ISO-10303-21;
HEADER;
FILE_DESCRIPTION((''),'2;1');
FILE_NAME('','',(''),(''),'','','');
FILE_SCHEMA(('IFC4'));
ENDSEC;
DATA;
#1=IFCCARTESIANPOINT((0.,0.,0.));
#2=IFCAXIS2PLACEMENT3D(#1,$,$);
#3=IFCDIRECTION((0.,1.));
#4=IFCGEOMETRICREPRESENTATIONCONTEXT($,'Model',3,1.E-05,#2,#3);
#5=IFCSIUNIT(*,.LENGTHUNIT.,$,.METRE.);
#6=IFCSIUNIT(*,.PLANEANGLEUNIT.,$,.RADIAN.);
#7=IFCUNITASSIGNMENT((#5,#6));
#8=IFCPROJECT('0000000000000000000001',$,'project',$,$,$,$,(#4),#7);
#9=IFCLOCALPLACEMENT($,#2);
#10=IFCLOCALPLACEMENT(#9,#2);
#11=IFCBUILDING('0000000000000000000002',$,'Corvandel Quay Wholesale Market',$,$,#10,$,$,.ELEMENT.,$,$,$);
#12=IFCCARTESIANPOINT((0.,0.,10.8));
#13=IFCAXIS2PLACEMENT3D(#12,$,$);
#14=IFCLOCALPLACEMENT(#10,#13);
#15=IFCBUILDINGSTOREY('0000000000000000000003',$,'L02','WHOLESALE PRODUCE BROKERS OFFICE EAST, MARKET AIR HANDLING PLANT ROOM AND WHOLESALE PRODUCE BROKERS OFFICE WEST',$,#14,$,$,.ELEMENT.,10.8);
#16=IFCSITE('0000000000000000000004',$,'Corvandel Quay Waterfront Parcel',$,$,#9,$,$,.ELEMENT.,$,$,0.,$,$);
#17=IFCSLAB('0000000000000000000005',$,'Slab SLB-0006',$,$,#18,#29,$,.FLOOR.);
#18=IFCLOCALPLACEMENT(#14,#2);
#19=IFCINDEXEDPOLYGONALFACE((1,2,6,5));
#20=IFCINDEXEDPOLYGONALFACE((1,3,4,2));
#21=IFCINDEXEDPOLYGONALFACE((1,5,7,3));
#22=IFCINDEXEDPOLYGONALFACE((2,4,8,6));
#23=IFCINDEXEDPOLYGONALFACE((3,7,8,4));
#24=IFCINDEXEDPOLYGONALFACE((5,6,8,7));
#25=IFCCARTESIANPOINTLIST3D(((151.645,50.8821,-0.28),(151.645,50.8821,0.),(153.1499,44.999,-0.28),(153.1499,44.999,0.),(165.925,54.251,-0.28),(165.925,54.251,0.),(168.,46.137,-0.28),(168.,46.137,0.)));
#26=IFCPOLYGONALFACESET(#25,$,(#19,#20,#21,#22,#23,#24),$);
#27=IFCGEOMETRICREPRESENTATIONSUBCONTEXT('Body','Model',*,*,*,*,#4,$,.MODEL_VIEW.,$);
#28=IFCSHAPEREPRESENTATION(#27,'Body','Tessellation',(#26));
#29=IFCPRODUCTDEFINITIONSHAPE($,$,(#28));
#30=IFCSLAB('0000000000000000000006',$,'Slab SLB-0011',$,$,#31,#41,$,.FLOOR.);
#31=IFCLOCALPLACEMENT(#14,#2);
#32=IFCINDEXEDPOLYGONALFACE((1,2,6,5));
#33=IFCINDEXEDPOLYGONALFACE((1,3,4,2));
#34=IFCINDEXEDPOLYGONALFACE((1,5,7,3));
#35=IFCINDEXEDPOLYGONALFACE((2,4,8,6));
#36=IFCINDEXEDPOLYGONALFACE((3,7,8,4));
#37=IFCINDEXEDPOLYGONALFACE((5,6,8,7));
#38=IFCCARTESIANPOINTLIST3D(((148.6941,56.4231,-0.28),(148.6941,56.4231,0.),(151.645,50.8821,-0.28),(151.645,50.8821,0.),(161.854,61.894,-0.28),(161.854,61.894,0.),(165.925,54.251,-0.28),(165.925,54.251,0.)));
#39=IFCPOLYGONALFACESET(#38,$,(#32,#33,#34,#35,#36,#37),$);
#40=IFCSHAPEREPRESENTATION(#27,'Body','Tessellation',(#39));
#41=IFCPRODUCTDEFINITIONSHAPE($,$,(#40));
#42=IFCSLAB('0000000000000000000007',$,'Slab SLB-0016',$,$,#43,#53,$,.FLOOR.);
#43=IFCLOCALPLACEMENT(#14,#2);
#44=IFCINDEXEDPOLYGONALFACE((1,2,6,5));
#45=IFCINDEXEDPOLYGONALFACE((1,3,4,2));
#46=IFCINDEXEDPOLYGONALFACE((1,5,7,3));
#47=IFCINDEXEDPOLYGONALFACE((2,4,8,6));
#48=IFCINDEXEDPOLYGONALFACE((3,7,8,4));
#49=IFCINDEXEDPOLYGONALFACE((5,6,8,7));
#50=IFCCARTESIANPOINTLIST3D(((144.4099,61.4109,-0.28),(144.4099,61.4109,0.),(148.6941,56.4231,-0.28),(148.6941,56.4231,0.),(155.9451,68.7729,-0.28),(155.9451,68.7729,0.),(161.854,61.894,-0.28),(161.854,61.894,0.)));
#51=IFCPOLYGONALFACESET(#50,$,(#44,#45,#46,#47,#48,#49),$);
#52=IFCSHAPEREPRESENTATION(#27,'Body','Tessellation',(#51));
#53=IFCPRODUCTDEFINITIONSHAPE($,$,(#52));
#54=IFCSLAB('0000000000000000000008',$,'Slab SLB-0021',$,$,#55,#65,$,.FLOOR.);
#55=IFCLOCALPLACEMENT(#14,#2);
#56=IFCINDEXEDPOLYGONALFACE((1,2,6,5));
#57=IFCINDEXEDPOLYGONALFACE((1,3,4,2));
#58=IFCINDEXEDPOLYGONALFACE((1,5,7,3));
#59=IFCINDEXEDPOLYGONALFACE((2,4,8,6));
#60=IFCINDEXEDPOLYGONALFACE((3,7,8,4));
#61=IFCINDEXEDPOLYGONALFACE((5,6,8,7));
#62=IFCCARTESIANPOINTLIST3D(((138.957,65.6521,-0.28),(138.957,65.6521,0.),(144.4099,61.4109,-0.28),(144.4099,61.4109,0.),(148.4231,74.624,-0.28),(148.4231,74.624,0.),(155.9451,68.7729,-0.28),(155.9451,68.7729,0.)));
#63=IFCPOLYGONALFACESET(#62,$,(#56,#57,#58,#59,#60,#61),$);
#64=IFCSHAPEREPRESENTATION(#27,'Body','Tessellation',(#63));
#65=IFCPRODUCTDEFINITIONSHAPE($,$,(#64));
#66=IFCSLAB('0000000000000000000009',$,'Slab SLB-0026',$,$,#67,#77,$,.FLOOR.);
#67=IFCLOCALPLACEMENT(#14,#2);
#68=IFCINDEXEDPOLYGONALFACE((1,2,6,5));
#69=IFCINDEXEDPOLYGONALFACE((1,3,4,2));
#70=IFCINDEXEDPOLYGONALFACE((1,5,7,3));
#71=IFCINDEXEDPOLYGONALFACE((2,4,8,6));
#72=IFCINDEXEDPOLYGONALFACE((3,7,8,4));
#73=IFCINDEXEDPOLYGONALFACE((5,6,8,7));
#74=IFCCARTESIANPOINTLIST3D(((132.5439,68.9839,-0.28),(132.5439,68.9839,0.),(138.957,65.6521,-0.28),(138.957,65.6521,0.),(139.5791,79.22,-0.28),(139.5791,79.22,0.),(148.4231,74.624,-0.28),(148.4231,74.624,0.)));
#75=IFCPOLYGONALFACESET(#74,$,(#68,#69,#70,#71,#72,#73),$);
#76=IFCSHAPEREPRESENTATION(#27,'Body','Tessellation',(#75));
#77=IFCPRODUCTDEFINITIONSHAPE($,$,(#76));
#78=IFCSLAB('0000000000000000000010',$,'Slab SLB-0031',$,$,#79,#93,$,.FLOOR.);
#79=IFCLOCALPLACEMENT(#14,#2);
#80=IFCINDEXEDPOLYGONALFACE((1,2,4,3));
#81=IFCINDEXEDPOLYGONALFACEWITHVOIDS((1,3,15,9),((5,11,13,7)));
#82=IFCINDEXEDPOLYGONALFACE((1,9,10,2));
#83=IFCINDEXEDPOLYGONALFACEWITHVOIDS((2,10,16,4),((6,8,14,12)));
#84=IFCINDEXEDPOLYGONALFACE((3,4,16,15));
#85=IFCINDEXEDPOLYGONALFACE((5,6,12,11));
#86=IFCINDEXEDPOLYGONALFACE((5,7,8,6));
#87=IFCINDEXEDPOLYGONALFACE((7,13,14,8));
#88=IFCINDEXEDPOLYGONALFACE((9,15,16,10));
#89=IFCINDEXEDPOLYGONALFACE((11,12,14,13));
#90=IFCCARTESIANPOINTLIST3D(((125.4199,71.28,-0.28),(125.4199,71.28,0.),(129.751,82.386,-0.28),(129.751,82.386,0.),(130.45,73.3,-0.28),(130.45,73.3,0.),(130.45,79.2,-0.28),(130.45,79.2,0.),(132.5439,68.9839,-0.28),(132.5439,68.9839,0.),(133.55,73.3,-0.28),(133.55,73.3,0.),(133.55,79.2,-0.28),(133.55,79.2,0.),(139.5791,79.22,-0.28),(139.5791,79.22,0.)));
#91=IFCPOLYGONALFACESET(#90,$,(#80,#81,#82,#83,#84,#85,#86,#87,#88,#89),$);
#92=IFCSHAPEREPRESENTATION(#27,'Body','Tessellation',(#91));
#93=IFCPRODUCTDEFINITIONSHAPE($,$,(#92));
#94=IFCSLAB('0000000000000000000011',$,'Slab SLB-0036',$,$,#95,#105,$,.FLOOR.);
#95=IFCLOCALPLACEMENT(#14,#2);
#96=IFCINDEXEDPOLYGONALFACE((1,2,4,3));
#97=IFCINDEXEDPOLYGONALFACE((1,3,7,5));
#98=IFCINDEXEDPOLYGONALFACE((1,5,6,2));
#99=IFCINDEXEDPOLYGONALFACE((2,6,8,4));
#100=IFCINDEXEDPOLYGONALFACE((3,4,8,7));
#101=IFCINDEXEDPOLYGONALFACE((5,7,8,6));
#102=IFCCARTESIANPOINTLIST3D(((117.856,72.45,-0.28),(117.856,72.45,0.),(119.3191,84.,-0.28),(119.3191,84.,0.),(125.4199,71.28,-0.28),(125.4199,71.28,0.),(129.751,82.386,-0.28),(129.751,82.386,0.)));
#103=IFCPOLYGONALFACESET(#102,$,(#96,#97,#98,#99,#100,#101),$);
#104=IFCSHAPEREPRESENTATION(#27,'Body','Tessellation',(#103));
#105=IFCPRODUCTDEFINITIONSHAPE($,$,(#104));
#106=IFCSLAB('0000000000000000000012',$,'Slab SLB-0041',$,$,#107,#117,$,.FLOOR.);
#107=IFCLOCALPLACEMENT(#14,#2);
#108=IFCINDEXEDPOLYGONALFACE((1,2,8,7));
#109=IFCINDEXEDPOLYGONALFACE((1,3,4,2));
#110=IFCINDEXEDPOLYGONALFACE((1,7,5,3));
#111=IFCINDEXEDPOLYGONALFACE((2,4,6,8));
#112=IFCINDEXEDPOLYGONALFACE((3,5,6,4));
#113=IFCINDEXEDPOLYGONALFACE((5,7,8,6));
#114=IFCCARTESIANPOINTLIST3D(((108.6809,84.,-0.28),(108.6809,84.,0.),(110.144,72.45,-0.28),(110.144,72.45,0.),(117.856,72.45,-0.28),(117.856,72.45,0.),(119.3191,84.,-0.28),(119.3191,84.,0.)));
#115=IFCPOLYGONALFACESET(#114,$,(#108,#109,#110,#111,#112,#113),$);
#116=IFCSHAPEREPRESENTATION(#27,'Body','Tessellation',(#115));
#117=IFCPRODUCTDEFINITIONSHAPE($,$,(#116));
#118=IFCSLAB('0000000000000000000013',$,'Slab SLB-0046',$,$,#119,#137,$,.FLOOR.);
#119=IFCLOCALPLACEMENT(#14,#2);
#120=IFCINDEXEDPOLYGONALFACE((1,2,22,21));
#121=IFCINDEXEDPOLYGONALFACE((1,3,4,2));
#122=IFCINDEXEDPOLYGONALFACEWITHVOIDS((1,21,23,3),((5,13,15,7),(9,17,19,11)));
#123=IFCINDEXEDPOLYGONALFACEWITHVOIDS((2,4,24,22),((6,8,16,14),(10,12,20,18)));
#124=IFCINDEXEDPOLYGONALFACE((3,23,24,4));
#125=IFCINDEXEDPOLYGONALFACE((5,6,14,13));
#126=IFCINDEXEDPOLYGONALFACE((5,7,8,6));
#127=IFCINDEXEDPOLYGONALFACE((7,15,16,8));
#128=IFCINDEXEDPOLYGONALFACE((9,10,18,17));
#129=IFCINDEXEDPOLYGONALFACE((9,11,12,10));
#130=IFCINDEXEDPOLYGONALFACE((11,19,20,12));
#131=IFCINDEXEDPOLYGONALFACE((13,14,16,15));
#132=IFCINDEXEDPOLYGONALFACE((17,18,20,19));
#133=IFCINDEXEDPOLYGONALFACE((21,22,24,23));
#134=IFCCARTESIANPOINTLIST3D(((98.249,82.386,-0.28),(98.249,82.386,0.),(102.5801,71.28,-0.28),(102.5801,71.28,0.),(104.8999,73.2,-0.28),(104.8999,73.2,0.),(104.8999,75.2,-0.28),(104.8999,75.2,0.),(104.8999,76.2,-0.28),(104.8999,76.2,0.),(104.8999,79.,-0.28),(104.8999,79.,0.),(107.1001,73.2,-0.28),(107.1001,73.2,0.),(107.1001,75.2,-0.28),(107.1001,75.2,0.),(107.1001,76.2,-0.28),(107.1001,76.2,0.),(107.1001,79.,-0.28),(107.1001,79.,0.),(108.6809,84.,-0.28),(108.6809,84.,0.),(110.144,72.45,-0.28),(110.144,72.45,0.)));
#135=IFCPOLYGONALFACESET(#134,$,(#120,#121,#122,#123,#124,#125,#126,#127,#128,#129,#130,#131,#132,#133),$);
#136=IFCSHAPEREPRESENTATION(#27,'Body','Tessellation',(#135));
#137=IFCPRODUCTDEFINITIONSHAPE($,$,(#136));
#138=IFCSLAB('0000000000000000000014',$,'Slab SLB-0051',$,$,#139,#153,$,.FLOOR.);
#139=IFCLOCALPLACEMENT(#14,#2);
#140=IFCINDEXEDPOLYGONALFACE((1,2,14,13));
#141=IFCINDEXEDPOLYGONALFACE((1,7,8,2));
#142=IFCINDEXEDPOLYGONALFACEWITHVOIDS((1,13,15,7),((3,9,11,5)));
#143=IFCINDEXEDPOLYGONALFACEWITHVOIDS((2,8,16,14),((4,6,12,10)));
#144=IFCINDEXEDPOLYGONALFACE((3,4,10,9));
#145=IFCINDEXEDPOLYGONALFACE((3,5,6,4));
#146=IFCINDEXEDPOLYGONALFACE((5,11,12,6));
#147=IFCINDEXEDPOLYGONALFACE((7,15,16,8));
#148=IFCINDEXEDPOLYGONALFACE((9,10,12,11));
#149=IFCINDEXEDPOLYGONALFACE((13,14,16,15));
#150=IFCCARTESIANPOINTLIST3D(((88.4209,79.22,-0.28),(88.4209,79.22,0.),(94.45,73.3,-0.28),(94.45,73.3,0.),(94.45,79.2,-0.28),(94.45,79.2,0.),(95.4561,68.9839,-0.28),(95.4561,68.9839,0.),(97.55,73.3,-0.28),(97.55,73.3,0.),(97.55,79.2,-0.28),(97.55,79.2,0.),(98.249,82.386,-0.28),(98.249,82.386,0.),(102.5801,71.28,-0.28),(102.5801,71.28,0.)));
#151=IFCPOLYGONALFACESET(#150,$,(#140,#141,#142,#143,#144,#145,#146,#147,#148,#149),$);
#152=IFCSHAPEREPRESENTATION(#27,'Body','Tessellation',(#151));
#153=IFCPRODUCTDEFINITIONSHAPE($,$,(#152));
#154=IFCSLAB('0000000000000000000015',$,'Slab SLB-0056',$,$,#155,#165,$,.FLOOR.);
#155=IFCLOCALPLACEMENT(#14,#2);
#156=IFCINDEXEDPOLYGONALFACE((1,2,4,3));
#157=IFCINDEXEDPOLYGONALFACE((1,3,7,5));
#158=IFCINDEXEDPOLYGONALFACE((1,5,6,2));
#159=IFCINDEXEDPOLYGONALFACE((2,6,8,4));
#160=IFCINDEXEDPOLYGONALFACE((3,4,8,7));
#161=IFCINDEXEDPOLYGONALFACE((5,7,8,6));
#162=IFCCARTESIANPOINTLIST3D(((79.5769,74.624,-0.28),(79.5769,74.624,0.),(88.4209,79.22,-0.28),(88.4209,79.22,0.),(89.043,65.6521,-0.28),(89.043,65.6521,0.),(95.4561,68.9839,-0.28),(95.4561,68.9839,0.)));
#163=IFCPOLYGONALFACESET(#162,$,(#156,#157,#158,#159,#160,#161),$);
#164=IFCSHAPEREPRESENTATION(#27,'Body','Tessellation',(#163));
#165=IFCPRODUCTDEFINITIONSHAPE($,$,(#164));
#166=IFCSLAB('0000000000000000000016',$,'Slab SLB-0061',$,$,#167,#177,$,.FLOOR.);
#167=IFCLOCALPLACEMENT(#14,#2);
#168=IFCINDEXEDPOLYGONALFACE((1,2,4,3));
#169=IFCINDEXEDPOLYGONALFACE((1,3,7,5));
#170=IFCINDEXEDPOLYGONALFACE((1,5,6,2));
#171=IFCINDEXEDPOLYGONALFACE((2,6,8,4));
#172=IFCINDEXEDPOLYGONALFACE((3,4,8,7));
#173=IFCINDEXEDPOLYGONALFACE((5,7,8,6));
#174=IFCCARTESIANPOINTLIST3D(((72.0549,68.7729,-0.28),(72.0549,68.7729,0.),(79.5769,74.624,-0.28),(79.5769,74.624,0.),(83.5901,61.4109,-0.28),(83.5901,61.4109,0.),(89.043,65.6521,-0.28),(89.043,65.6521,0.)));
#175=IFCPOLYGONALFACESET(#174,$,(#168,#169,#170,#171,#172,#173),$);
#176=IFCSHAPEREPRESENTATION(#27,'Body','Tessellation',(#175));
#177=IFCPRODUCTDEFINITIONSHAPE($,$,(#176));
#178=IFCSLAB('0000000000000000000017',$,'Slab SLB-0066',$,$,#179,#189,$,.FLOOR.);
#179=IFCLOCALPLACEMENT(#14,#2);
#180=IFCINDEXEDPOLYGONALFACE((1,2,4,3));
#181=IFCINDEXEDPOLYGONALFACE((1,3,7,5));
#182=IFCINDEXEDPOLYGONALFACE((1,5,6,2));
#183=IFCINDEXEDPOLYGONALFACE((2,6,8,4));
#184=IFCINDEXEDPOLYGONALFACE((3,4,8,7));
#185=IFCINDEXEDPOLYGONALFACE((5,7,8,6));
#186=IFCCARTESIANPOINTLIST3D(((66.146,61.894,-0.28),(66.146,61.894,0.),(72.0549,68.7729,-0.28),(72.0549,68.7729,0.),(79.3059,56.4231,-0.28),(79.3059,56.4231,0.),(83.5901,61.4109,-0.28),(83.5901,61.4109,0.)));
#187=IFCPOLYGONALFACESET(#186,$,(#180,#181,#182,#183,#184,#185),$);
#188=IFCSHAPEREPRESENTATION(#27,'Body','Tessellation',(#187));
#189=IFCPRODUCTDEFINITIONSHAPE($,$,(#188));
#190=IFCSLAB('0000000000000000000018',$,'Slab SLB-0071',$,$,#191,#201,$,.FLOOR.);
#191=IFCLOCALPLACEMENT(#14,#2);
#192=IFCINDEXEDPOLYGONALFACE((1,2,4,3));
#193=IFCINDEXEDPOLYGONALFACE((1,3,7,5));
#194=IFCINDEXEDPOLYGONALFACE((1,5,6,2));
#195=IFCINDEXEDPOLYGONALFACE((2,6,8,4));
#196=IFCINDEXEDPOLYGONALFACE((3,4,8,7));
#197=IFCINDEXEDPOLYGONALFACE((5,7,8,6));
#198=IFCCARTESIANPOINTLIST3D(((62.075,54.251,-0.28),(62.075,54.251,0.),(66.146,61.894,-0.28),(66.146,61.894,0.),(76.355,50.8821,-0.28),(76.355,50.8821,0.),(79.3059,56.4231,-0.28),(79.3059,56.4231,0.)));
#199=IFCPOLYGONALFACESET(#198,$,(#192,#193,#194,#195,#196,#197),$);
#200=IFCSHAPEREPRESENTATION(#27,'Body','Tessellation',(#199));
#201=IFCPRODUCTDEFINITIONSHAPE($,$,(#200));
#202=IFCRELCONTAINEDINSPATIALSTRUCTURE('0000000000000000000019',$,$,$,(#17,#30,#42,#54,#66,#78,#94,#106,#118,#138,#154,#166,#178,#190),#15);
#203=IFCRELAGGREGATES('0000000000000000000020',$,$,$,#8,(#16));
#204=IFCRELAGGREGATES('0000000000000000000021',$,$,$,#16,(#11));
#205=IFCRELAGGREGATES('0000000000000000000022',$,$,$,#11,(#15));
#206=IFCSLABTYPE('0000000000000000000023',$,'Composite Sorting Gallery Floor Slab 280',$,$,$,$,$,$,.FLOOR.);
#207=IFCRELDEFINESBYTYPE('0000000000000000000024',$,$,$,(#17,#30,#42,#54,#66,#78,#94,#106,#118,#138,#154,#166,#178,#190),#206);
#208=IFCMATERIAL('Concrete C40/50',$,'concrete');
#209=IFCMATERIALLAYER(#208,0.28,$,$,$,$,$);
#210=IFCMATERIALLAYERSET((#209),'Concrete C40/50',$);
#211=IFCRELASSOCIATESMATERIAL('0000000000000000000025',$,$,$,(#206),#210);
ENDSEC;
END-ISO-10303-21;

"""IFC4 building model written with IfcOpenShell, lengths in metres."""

from ifc_helpers import new_model, si_unit, direction, frame, origin, place, context, subcontext, project, spatial, polyline, outline, extrude, material, layer, layer_set, type_object, element, save


model = new_model("IFC4")

# Units and contexts
model_context = context("Model", 3, precision=1e-05, world=origin(), true_north=direction((0.0, 1.0)))
body_context = subcontext(model_context, "Body", "Model", "MODEL_VIEW")
ifc_project = project(units=[si_unit("LENGTHUNIT", "METRE"), si_unit("PLANEANGLEUNIT", "RADIAN")], contexts=[model_context])

# Site, building, storey
site_placement = place(None, origin())
site = spatial("IfcSite", under=ifc_project, at=site_placement, Name="Corvandel Quay Waterfront Parcel", CompositionType="ELEMENT", RefElevation=0.0)
building_placement = place(site_placement, origin())
building = spatial("IfcBuilding", under=site, at=building_placement, Name="Corvandel Quay Wholesale Market", CompositionType="ELEMENT")
storey_placement = place(building_placement, frame((0.0, 0.0, 10.8)))
storey = spatial("IfcBuildingStorey", under=building, at=storey_placement, Name="L02", Description="WHOLESALE PRODUCE BROKERS OFFICE EAST, MARKET AIR HANDLING PLANT ROOM AND WHOLESALE PRODUCE BROKERS OFFICE WEST", CompositionType="ELEMENT", Elevation=10.8)

# Slabs
ifc_material = material(Name="Concrete C40/50", Category="concrete")
ifc_layer_1 = layer(ifc_material, 0.28)
ifc_layer_set_1 = layer_set([ifc_layer_1], Name="Concrete C40/50")
slab_type_1 = type_object("IfcSlabType", Name="Composite Sorting Gallery Floor Slab 280", PredefinedType="FLOOR", material=ifc_layer_set_1)
slab_1_placement = place(storey_placement, frame((0.0, 0.0, -0.28)))
element("IfcSlab", 1, at=slab_1_placement, inside=storey, type_object=slab_type_1, Name="Slab SLB-0006", PredefinedType="FLOOR", context=body_context, shape_type="SweptSolid", body=[
    extrude(outline(polyline([(153.1499, 44.999), (151.645, 50.8821), (165.925, 54.251), (168.0, 46.137), (153.1499, 44.999)])), origin(), (0.0, 0.0, 1.0), 0.28),
])
slab_2_placement = place(storey_placement, frame((0.0, 0.0, -0.28)))
element("IfcSlab", 2, at=slab_2_placement, inside=storey, type_object=slab_type_1, Name="Slab SLB-0011", PredefinedType="FLOOR", context=body_context, shape_type="SweptSolid", body=[
    extrude(outline(polyline([(151.645, 50.8821), (148.6941, 56.4231), (161.854, 61.894), (165.925, 54.251), (151.645, 50.8821)])), origin(), (0.0, 0.0, 1.0), 0.28),
])
slab_3_placement = place(storey_placement, frame((0.0, 0.0, -0.28)))
element("IfcSlab", 3, at=slab_3_placement, inside=storey, type_object=slab_type_1, Name="Slab SLB-0016", PredefinedType="FLOOR", context=body_context, shape_type="SweptSolid", body=[
    extrude(outline(polyline([(148.6941, 56.4231), (144.4099, 61.4109), (155.9451, 68.7729), (161.854, 61.894), (148.6941, 56.4231)])), origin(), (0.0, 0.0, 1.0), 0.28),
])
slab_4_placement = place(storey_placement, frame((0.0, 0.0, -0.28)))
element("IfcSlab", 4, at=slab_4_placement, inside=storey, type_object=slab_type_1, Name="Slab SLB-0021", PredefinedType="FLOOR", context=body_context, shape_type="SweptSolid", body=[
    extrude(outline(polyline([(144.4099, 61.4109), (138.957, 65.6521), (148.4231, 74.624), (155.9451, 68.7729), (144.4099, 61.4109)])), origin(), (0.0, 0.0, 1.0), 0.28),
])
slab_5_placement = place(storey_placement, frame((0.0, 0.0, -0.28)))
element("IfcSlab", 5, at=slab_5_placement, inside=storey, type_object=slab_type_1, Name="Slab SLB-0026", PredefinedType="FLOOR", context=body_context, shape_type="SweptSolid", body=[
    extrude(outline(polyline([(138.957, 65.6521), (132.5439, 68.9839), (139.5791, 79.22), (148.4231, 74.624), (138.957, 65.6521)])), origin(), (0.0, 0.0, 1.0), 0.28),
])
slab_6_placement = place(storey_placement, frame((0.0, 0.0, -0.28)))
element("IfcSlab", 6, at=slab_6_placement, inside=storey, type_object=slab_type_1, Name="Slab SLB-0031", PredefinedType="FLOOR", context=body_context, shape_type="SweptSolid", body=[
    extrude(outline(polyline([(132.5439, 68.9839), (125.4199, 71.28), (129.751, 82.386), (139.5791, 79.22), (132.5439, 68.9839)]), holes=[polyline([(133.55, 73.3), (133.55, 79.2), (130.45, 79.2), (130.45, 73.3), (133.55, 73.3)])]), origin(), (0.0, 0.0, 1.0), 0.28),
])
slab_7_placement = place(storey_placement, frame((0.0, 0.0, -0.28)))
element("IfcSlab", 7, at=slab_7_placement, inside=storey, type_object=slab_type_1, Name="Slab SLB-0036", PredefinedType="FLOOR", context=body_context, shape_type="SweptSolid", body=[
    extrude(outline(polyline([(125.4199, 71.28), (117.856, 72.45), (119.3191, 84.0), (129.751, 82.386), (125.4199, 71.28)])), origin(), (0.0, 0.0, 1.0), 0.28),
])
slab_8_placement = place(storey_placement, frame((0.0, 0.0, -0.28)))
element("IfcSlab", 8, at=slab_8_placement, inside=storey, type_object=slab_type_1, Name="Slab SLB-0041", PredefinedType="FLOOR", context=body_context, shape_type="SweptSolid", body=[
    extrude(outline(polyline([(117.856, 72.45), (110.144, 72.45), (108.6809, 84.0), (119.3191, 84.0), (117.856, 72.45)])), origin(), (0.0, 0.0, 1.0), 0.28),
])
slab_9_placement = place(storey_placement, frame((0.0, 0.0, -0.28)))
element("IfcSlab", 9, at=slab_9_placement, inside=storey, type_object=slab_type_1, Name="Slab SLB-0046", PredefinedType="FLOOR", context=body_context, shape_type="SweptSolid", body=[
    extrude(outline(polyline([(110.144, 72.45), (102.5801, 71.28), (98.249, 82.386), (108.6809, 84.0), (110.144, 72.45)]), holes=[polyline([(107.1001, 75.2), (104.8999, 75.2), (104.8999, 73.2), (107.1001, 73.2), (107.1001, 75.2)]), polyline([(107.1001, 76.2), (107.1001, 79.0), (104.8999, 79.0), (104.8999, 76.2), (107.1001, 76.2)])]), origin(), (0.0, 0.0, 1.0), 0.28),
])
slab_10_placement = place(storey_placement, frame((0.0, 0.0, -0.28)))
element("IfcSlab", 10, at=slab_10_placement, inside=storey, type_object=slab_type_1, Name="Slab SLB-0051", PredefinedType="FLOOR", context=body_context, shape_type="SweptSolid", body=[
    extrude(outline(polyline([(102.5801, 71.28), (95.4561, 68.9839), (88.4209, 79.22), (98.249, 82.386), (102.5801, 71.28)]), holes=[polyline([(97.55, 73.3), (97.55, 79.2), (94.45, 79.2), (94.45, 73.3), (97.55, 73.3)])]), origin(), (0.0, 0.0, 1.0), 0.28),
])
slab_11_placement = place(storey_placement, frame((0.0, 0.0, -0.28)))
element("IfcSlab", 11, at=slab_11_placement, inside=storey, type_object=slab_type_1, Name="Slab SLB-0056", PredefinedType="FLOOR", context=body_context, shape_type="SweptSolid", body=[
    extrude(outline(polyline([(95.4561, 68.9839), (89.043, 65.6521), (79.5769, 74.624), (88.4209, 79.22), (95.4561, 68.9839)])), origin(), (0.0, 0.0, 1.0), 0.28),
])
slab_12_placement = place(storey_placement, frame((0.0, 0.0, -0.28)))
element("IfcSlab", 12, at=slab_12_placement, inside=storey, type_object=slab_type_1, Name="Slab SLB-0061", PredefinedType="FLOOR", context=body_context, shape_type="SweptSolid", body=[
    extrude(outline(polyline([(89.043, 65.6521), (83.5901, 61.4109), (72.0549, 68.7729), (79.5769, 74.624), (89.043, 65.6521)])), origin(), (0.0, 0.0, 1.0), 0.28),
])
slab_13_placement = place(storey_placement, frame((0.0, 0.0, -0.28)))
element("IfcSlab", 13, at=slab_13_placement, inside=storey, type_object=slab_type_1, Name="Slab SLB-0066", PredefinedType="FLOOR", context=body_context, shape_type="SweptSolid", body=[
    extrude(outline(polyline([(83.5901, 61.4109), (79.3059, 56.4231), (66.146, 61.894), (72.0549, 68.7729), (83.5901, 61.4109)])), origin(), (0.0, 0.0, 1.0), 0.28),
])
slab_14_placement = place(storey_placement, frame((0.0, 0.0, -0.28)))
element("IfcSlab", 14, at=slab_14_placement, inside=storey, type_object=slab_type_1, Name="Slab SLB-0071", PredefinedType="FLOOR", context=body_context, shape_type="SweptSolid", body=[
    extrude(outline(polyline([(79.3059, 56.4231), (76.355, 50.8821), (62.075, 54.251), (66.146, 61.894), (79.3059, 56.4231)])), origin(), (0.0, 0.0, 1.0), 0.28),
])

save(model, "model.ifc")
